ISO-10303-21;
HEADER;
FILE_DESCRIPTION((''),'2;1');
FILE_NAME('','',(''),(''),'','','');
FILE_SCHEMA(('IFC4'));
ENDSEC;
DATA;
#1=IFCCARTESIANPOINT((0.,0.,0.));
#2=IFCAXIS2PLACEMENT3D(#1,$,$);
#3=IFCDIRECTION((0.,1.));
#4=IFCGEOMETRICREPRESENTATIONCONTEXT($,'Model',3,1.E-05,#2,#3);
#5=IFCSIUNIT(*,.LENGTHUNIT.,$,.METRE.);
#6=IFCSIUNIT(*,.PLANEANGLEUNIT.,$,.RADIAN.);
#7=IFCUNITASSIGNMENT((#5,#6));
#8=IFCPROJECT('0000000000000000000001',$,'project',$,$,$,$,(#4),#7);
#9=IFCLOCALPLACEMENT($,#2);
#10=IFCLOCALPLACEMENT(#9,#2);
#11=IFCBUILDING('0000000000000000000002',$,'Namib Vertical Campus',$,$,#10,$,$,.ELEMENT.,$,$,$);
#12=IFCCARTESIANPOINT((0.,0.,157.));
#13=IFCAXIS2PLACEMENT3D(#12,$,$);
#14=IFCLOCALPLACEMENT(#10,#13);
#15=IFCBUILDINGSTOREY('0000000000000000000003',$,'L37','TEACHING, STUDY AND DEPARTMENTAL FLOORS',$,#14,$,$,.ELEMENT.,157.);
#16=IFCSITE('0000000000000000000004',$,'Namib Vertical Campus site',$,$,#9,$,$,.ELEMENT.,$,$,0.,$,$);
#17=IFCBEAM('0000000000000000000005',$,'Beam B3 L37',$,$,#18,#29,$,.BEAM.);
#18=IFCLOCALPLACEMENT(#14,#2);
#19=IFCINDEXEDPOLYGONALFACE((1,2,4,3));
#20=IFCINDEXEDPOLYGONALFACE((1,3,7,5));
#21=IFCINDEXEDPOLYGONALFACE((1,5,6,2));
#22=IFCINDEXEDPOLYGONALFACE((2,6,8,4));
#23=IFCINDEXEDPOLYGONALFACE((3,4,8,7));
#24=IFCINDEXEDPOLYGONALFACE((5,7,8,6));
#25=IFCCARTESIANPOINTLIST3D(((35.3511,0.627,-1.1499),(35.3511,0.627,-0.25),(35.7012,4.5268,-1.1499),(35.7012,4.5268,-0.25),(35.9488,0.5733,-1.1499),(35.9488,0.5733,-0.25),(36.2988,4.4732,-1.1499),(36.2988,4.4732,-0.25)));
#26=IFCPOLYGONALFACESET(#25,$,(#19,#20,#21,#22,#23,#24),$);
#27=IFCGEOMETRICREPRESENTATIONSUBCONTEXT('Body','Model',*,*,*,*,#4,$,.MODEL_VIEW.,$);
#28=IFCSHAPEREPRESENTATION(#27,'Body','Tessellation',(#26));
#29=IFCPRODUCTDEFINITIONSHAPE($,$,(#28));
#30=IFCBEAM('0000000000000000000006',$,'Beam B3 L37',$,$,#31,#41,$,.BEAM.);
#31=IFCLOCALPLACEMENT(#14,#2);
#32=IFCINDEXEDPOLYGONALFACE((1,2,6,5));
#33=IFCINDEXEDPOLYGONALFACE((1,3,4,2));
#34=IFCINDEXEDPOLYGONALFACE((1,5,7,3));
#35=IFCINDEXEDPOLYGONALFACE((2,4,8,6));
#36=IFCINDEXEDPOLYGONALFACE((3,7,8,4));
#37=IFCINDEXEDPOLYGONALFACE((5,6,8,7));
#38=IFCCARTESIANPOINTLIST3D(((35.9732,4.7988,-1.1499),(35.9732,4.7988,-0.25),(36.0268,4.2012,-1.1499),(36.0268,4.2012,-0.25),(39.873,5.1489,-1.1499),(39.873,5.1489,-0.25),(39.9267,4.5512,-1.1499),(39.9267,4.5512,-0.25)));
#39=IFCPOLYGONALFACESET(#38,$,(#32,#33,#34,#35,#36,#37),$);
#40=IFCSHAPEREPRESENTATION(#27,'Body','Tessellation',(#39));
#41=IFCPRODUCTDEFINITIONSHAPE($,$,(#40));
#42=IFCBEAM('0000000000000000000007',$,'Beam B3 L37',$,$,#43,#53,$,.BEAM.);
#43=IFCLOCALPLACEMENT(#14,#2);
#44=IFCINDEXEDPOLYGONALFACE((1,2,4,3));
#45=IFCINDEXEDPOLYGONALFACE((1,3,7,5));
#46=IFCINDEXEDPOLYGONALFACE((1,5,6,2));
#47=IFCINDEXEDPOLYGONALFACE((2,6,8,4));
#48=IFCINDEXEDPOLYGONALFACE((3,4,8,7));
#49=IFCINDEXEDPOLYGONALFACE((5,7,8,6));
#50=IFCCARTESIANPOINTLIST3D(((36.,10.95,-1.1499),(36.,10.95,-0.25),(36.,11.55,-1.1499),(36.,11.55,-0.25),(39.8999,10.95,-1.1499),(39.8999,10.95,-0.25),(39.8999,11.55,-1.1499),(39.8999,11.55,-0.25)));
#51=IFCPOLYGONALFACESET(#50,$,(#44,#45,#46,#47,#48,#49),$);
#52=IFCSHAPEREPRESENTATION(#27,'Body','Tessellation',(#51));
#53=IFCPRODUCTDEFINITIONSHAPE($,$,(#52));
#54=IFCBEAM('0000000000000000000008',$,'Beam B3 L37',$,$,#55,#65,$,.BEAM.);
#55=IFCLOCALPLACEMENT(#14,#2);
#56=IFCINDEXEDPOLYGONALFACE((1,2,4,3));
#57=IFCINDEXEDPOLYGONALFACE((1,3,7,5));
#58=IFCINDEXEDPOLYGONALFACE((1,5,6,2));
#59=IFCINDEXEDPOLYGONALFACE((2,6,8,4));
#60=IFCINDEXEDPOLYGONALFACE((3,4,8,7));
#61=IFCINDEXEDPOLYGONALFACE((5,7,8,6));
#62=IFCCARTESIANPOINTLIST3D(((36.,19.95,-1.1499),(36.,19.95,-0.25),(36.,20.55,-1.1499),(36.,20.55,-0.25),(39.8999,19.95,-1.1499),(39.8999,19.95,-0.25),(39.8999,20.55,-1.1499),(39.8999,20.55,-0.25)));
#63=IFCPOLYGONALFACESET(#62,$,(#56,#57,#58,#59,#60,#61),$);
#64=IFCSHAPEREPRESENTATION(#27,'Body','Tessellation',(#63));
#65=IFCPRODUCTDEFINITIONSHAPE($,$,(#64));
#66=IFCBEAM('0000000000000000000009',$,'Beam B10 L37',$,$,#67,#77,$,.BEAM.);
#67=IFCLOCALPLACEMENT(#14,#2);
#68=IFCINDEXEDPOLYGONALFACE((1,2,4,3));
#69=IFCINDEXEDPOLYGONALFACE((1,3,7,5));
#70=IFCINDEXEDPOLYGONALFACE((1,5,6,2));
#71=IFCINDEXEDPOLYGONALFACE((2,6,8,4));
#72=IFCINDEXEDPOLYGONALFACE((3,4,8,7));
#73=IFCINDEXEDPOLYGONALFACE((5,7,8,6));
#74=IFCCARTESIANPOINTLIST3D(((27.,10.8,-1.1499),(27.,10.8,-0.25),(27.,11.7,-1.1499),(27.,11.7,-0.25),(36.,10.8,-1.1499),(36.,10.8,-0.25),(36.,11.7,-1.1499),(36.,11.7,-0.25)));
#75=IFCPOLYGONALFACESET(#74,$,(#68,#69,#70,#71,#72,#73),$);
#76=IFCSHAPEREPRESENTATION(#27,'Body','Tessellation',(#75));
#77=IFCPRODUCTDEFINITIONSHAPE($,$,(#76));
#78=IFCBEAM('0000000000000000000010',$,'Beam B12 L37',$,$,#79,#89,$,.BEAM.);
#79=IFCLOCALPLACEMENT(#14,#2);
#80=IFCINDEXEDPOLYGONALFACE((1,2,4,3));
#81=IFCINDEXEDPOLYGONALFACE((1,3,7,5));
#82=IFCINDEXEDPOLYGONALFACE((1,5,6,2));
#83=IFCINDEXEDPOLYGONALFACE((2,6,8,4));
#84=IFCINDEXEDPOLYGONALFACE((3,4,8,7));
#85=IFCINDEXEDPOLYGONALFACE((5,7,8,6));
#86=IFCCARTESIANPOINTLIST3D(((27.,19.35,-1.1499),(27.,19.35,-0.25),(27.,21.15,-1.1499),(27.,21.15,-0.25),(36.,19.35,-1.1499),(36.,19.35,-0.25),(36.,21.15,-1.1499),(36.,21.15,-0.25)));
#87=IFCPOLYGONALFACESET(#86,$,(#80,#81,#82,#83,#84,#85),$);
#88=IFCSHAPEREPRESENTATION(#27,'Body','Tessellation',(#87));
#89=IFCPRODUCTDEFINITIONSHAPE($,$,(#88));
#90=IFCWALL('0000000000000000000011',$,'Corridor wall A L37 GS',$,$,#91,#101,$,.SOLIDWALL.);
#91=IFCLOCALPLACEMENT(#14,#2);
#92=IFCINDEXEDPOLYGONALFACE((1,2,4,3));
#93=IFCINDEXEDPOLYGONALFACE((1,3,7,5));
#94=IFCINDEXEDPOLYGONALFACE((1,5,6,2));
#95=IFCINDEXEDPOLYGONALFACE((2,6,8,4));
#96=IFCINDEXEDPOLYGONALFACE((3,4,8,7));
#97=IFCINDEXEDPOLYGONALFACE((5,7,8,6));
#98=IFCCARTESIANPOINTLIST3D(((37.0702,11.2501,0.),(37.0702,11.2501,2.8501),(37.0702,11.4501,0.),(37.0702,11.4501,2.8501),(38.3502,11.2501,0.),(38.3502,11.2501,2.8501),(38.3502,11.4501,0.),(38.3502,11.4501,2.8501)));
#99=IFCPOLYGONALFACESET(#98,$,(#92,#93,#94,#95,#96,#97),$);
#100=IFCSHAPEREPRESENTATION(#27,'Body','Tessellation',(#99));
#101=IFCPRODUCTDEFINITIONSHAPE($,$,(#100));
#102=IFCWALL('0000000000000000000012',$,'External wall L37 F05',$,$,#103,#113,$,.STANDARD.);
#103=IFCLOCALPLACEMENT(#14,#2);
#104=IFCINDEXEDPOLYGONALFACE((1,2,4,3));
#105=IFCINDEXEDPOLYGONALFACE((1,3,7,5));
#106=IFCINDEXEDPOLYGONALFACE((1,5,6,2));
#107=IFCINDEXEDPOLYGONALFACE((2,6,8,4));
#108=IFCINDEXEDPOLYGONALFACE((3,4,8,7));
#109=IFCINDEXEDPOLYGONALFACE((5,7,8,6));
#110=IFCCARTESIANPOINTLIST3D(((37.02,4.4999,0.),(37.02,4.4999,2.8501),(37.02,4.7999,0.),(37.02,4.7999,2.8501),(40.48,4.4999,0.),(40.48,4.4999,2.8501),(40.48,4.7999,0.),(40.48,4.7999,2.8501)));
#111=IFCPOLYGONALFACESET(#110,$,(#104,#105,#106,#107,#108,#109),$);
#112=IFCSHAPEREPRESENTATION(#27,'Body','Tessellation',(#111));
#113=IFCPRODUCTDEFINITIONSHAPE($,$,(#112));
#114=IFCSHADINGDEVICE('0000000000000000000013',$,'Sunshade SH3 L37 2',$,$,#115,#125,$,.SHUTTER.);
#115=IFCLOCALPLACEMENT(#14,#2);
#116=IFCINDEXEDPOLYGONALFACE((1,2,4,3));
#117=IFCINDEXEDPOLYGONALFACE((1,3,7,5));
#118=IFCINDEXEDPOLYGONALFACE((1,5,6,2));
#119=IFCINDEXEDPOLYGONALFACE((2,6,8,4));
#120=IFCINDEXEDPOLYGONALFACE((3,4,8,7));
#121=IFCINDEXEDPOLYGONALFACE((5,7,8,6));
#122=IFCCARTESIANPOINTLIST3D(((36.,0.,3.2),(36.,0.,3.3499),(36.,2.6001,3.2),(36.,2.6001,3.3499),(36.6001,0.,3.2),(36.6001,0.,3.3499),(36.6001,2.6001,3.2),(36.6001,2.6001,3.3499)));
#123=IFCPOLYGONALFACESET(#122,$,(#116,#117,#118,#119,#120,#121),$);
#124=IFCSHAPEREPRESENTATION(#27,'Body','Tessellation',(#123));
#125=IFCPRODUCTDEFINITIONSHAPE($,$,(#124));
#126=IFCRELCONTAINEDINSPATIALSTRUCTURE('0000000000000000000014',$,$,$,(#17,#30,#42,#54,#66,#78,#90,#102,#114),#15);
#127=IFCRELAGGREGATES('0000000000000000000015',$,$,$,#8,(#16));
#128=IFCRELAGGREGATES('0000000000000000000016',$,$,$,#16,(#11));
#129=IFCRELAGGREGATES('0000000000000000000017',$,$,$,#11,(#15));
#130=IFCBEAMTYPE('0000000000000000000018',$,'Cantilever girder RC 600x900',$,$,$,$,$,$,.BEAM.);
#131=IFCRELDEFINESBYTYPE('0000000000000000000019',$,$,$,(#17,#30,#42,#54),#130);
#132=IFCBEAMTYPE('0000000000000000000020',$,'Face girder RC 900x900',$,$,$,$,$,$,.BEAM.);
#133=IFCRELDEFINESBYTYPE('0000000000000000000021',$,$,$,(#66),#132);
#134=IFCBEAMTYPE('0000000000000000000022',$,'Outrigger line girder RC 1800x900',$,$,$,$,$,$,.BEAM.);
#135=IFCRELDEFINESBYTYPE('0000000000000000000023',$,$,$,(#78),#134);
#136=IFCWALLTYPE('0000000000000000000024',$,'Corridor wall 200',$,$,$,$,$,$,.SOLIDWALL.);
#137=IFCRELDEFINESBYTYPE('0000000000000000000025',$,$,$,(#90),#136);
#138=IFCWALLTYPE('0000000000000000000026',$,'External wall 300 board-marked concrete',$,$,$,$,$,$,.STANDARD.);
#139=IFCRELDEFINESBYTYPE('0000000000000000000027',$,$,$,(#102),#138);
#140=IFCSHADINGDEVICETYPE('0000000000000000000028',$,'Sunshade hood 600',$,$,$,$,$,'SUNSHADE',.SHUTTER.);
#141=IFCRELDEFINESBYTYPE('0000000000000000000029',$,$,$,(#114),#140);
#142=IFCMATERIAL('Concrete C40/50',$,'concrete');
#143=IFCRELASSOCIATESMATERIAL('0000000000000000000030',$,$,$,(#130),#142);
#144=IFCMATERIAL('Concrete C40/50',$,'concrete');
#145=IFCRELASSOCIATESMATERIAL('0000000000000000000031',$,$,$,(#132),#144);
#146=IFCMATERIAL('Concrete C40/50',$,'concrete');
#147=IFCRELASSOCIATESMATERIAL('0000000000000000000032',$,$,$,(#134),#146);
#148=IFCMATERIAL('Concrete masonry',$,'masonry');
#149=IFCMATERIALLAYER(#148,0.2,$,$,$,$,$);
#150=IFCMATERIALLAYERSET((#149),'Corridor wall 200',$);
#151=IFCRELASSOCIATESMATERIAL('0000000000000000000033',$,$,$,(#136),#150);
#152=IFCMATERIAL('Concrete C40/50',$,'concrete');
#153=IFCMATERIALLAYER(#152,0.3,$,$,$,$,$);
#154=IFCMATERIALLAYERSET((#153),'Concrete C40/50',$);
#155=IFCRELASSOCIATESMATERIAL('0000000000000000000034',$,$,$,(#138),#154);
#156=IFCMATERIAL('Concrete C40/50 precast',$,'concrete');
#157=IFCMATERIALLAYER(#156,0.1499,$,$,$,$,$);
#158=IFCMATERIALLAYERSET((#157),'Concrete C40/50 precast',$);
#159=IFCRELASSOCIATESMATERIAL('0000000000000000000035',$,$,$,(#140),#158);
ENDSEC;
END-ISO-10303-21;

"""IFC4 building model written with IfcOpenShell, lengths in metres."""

from ifc_helpers import new_model, si_unit, direction, frame, frame_2d, origin, origin_2d, place, context, subcontext, project, spatial, rectangle, extrude, material, layer, layer_set, material_profile, profile_set, type_object, element, save


model = new_model("IFC4")

# Units and contexts
model_context = context("Model", 3, precision=1e-05, world=origin(), true_north=direction((0.0, 1.0)))
body_context = subcontext(model_context, "Body", "Model", "MODEL_VIEW")
ifc_project = project(units=[si_unit("LENGTHUNIT", "METRE"), si_unit("PLANEANGLEUNIT", "RADIAN")], contexts=[model_context])

# Site, building, storey
site_placement = place(None, origin())
site = spatial("IfcSite", under=ifc_project, at=site_placement, Name="Namib Vertical Campus site", CompositionType="ELEMENT", RefElevation=0.0)
building_placement = place(site_placement, origin())
building = spatial("IfcBuilding", under=site, at=building_placement, Name="Namib Vertical Campus", CompositionType="ELEMENT")
storey_placement = place(building_placement, frame((0.0, 0.0, 157.0)))
storey = spatial("IfcBuildingStorey", under=building, at=storey_placement, Name="L37", Description="TEACHING, STUDY AND DEPARTMENTAL FLOORS", CompositionType="ELEMENT", Elevation=157.0)

# Beams
ifc_material_1 = material(Name="Concrete C40/50", Category="concrete")
ifc_material_profile_1 = material_profile(ifc_material_1, rectangle(XDim=0.6001, YDim=0.8999, at=origin_2d()))
ifc_profile_set_1 = profile_set([ifc_material_profile_1], Name="Concrete C40/50")
beam_type_1 = type_object("IfcBeamType", Name="Cantilever girder RC 600x900", PredefinedType="BEAM", material=ifc_profile_set_1)
for number, where, z_axis, x_axis, name in (
    (1, (36.0, 4.5, -0.7), (-0.089411, -0.995995, 0.0), (0.995995, -0.089411, 0.0), "Beam B3 L37"),
    (2, (36.0, 4.5, -0.7), (0.995995, 0.089411, 0.0), (-0.089411, 0.995995, 0.0), "Beam B3 L37"),
):
    element("IfcBeam", number, at=place(storey_placement, frame(where, z_axis=z_axis, x_axis=x_axis)), inside=storey, type_object=beam_type_1, Name=name, PredefinedType="BEAM", context=body_context, shape_type="SweptSolid", body=[
        extrude(rectangle(XDim=0.6001, YDim=0.8999, at=origin_2d()), origin(), (0.0, 0.0, 1.0), 3.9155),
    ])
for number, where, z_axis, x_axis, name in (
    (3, (36.0, 11.25, -0.7), (1.0, 0.0, 0.0), (0.0, 1.0, 0.0), "Beam B3 L37"),
    (4, (36.0, 20.25, -0.7), (1.0, 0.0, 0.0), (0.0, 1.0, 0.0), "Beam B3 L37"),
):
    element("IfcBeam", number, at=place(storey_placement, frame(where, z_axis=z_axis, x_axis=x_axis)), inside=storey, type_object=beam_type_1, Name=name, PredefinedType="BEAM", context=body_context, shape_type="SweptSolid", body=[
        extrude(rectangle(XDim=0.6001, YDim=0.8999, at=origin_2d()), origin(), (0.0, 0.0, 1.0), 3.8999),
    ])
ifc_material_2 = material(Name="Concrete C40/50", Category="concrete")
ifc_material_profile_2 = material_profile(ifc_material_2, rectangle(XDim=0.8999, YDim=0.8999, at=origin_2d()))
ifc_profile_set_2 = profile_set([ifc_material_profile_2], Name="Concrete C40/50")
beam_type_2 = type_object("IfcBeamType", Name="Face girder RC 900x900", PredefinedType="BEAM", material=ifc_profile_set_2)
beam_1_placement = place(storey_placement, frame((36.0, 11.25, -0.7), z_axis=(-1.0, 0.0, 0.0), x_axis=(0.0, -1.0, 0.0)))
element("IfcBeam", 5, at=beam_1_placement, inside=storey, type_object=beam_type_2, Name="Beam B10 L37", PredefinedType="BEAM", context=body_context, shape_type="SweptSolid", body=[
    extrude(rectangle(XDim=0.8999, YDim=0.8999, at=origin_2d()), origin(), (0.0, 0.0, 1.0), 9.0),
])
ifc_material_3 = material(Name="Concrete C40/50", Category="concrete")
ifc_material_profile_3 = material_profile(ifc_material_3, rectangle(XDim=1.8, YDim=0.8999, at=origin_2d()))
ifc_profile_set_3 = profile_set([ifc_material_profile_3], Name="Concrete C40/50")
beam_type_3 = type_object("IfcBeamType", Name="Outrigger line girder RC 1800x900", PredefinedType="BEAM", material=ifc_profile_set_3)
beam_2_placement = place(storey_placement, frame((36.0, 20.25, -0.7), z_axis=(-1.0, 0.0, 0.0), x_axis=(0.0, -1.0, 0.0)))
element("IfcBeam", 6, at=beam_2_placement, inside=storey, type_object=beam_type_3, Name="Beam B12 L37", PredefinedType="BEAM", context=body_context, shape_type="SweptSolid", body=[
    extrude(rectangle(XDim=1.8, YDim=0.8999, at=origin_2d()), origin(), (0.0, 0.0, 1.0), 9.0),
])

# Walls
ifc_material_4 = material(Name="Concrete masonry", Category="masonry")
ifc_layer_1 = layer(ifc_material_4, 0.2)
ifc_layer_set_1 = layer_set([ifc_layer_1], Name="Corridor wall 200")
wall_type_1 = type_object("IfcWallType", Name="Corridor wall 200", PredefinedType="SOLIDWALL", material=ifc_layer_set_1)
wall_1_placement = place(storey_placement, frame((37.0701, 11.3501, 0.0), z_axis=(0.0, 0.0, 1.0), x_axis=(1.0, 0.0, 0.0)))
element("IfcWall", 7, at=wall_1_placement, inside=storey, type_object=wall_type_1, Name="Corridor wall A L37 GS", PredefinedType="SOLIDWALL", context=body_context, shape_type="SweptSolid", body=[
    extrude(rectangle(XDim=1.28, YDim=0.2, at=frame_2d((0.6401, 0.0))), origin(), (0.0, 0.0, 1.0), 2.8501),
])
ifc_material_5 = material(Name="Concrete C40/50", Category="concrete")
ifc_layer_2 = layer(ifc_material_5, 0.3)
ifc_layer_set_2 = layer_set([ifc_layer_2], Name="Concrete C40/50")
wall_type_2 = type_object("IfcWallType", Name="External wall 300 board-marked concrete", PredefinedType="STANDARD", material=ifc_layer_set_2)
wall_2_placement = place(storey_placement, frame((37.02, 4.6499, 0.0), z_axis=(0.0, 0.0, 1.0), x_axis=(1.0, 0.0, 0.0)))
element("IfcWall", 8, at=wall_2_placement, inside=storey, type_object=wall_type_2, Name="External wall L37 F05", PredefinedType="STANDARD", context=body_context, shape_type="SweptSolid", body=[
    extrude(rectangle(XDim=3.46, YDim=0.3, at=frame_2d((1.73, 0.0))), origin(), (0.0, 0.0, 1.0), 2.8501),
])

# Shading device
ifc_material_6 = material(Name="Concrete C40/50 precast", Category="concrete")
ifc_layer_3 = layer(ifc_material_6, 0.1499)
ifc_layer_set_3 = layer_set([ifc_layer_3], Name="Concrete C40/50 precast")
shading_device_type = type_object("IfcShadingDeviceType", Name="Sunshade hood 600", ElementType="SUNSHADE", PredefinedType="SHUTTER", material=ifc_layer_set_3)
shading_device_placement = place(storey_placement, frame((36.3, 1.3, 3.2), z_axis=(0.0, 0.0, 1.0), x_axis=(0.0, 1.0, 0.0)))
element("IfcShadingDevice", 9, at=shading_device_placement, inside=storey, type_object=shading_device_type, Name="Sunshade SH3 L37 2", PredefinedType="SHUTTER", context=body_context, shape_type="SweptSolid", body=[
    extrude(rectangle(XDim=2.6001, YDim=0.6001, at=origin_2d()), origin(), (0.0, 0.0, 1.0), 0.1499),
])

save(model, "model.ifc")
